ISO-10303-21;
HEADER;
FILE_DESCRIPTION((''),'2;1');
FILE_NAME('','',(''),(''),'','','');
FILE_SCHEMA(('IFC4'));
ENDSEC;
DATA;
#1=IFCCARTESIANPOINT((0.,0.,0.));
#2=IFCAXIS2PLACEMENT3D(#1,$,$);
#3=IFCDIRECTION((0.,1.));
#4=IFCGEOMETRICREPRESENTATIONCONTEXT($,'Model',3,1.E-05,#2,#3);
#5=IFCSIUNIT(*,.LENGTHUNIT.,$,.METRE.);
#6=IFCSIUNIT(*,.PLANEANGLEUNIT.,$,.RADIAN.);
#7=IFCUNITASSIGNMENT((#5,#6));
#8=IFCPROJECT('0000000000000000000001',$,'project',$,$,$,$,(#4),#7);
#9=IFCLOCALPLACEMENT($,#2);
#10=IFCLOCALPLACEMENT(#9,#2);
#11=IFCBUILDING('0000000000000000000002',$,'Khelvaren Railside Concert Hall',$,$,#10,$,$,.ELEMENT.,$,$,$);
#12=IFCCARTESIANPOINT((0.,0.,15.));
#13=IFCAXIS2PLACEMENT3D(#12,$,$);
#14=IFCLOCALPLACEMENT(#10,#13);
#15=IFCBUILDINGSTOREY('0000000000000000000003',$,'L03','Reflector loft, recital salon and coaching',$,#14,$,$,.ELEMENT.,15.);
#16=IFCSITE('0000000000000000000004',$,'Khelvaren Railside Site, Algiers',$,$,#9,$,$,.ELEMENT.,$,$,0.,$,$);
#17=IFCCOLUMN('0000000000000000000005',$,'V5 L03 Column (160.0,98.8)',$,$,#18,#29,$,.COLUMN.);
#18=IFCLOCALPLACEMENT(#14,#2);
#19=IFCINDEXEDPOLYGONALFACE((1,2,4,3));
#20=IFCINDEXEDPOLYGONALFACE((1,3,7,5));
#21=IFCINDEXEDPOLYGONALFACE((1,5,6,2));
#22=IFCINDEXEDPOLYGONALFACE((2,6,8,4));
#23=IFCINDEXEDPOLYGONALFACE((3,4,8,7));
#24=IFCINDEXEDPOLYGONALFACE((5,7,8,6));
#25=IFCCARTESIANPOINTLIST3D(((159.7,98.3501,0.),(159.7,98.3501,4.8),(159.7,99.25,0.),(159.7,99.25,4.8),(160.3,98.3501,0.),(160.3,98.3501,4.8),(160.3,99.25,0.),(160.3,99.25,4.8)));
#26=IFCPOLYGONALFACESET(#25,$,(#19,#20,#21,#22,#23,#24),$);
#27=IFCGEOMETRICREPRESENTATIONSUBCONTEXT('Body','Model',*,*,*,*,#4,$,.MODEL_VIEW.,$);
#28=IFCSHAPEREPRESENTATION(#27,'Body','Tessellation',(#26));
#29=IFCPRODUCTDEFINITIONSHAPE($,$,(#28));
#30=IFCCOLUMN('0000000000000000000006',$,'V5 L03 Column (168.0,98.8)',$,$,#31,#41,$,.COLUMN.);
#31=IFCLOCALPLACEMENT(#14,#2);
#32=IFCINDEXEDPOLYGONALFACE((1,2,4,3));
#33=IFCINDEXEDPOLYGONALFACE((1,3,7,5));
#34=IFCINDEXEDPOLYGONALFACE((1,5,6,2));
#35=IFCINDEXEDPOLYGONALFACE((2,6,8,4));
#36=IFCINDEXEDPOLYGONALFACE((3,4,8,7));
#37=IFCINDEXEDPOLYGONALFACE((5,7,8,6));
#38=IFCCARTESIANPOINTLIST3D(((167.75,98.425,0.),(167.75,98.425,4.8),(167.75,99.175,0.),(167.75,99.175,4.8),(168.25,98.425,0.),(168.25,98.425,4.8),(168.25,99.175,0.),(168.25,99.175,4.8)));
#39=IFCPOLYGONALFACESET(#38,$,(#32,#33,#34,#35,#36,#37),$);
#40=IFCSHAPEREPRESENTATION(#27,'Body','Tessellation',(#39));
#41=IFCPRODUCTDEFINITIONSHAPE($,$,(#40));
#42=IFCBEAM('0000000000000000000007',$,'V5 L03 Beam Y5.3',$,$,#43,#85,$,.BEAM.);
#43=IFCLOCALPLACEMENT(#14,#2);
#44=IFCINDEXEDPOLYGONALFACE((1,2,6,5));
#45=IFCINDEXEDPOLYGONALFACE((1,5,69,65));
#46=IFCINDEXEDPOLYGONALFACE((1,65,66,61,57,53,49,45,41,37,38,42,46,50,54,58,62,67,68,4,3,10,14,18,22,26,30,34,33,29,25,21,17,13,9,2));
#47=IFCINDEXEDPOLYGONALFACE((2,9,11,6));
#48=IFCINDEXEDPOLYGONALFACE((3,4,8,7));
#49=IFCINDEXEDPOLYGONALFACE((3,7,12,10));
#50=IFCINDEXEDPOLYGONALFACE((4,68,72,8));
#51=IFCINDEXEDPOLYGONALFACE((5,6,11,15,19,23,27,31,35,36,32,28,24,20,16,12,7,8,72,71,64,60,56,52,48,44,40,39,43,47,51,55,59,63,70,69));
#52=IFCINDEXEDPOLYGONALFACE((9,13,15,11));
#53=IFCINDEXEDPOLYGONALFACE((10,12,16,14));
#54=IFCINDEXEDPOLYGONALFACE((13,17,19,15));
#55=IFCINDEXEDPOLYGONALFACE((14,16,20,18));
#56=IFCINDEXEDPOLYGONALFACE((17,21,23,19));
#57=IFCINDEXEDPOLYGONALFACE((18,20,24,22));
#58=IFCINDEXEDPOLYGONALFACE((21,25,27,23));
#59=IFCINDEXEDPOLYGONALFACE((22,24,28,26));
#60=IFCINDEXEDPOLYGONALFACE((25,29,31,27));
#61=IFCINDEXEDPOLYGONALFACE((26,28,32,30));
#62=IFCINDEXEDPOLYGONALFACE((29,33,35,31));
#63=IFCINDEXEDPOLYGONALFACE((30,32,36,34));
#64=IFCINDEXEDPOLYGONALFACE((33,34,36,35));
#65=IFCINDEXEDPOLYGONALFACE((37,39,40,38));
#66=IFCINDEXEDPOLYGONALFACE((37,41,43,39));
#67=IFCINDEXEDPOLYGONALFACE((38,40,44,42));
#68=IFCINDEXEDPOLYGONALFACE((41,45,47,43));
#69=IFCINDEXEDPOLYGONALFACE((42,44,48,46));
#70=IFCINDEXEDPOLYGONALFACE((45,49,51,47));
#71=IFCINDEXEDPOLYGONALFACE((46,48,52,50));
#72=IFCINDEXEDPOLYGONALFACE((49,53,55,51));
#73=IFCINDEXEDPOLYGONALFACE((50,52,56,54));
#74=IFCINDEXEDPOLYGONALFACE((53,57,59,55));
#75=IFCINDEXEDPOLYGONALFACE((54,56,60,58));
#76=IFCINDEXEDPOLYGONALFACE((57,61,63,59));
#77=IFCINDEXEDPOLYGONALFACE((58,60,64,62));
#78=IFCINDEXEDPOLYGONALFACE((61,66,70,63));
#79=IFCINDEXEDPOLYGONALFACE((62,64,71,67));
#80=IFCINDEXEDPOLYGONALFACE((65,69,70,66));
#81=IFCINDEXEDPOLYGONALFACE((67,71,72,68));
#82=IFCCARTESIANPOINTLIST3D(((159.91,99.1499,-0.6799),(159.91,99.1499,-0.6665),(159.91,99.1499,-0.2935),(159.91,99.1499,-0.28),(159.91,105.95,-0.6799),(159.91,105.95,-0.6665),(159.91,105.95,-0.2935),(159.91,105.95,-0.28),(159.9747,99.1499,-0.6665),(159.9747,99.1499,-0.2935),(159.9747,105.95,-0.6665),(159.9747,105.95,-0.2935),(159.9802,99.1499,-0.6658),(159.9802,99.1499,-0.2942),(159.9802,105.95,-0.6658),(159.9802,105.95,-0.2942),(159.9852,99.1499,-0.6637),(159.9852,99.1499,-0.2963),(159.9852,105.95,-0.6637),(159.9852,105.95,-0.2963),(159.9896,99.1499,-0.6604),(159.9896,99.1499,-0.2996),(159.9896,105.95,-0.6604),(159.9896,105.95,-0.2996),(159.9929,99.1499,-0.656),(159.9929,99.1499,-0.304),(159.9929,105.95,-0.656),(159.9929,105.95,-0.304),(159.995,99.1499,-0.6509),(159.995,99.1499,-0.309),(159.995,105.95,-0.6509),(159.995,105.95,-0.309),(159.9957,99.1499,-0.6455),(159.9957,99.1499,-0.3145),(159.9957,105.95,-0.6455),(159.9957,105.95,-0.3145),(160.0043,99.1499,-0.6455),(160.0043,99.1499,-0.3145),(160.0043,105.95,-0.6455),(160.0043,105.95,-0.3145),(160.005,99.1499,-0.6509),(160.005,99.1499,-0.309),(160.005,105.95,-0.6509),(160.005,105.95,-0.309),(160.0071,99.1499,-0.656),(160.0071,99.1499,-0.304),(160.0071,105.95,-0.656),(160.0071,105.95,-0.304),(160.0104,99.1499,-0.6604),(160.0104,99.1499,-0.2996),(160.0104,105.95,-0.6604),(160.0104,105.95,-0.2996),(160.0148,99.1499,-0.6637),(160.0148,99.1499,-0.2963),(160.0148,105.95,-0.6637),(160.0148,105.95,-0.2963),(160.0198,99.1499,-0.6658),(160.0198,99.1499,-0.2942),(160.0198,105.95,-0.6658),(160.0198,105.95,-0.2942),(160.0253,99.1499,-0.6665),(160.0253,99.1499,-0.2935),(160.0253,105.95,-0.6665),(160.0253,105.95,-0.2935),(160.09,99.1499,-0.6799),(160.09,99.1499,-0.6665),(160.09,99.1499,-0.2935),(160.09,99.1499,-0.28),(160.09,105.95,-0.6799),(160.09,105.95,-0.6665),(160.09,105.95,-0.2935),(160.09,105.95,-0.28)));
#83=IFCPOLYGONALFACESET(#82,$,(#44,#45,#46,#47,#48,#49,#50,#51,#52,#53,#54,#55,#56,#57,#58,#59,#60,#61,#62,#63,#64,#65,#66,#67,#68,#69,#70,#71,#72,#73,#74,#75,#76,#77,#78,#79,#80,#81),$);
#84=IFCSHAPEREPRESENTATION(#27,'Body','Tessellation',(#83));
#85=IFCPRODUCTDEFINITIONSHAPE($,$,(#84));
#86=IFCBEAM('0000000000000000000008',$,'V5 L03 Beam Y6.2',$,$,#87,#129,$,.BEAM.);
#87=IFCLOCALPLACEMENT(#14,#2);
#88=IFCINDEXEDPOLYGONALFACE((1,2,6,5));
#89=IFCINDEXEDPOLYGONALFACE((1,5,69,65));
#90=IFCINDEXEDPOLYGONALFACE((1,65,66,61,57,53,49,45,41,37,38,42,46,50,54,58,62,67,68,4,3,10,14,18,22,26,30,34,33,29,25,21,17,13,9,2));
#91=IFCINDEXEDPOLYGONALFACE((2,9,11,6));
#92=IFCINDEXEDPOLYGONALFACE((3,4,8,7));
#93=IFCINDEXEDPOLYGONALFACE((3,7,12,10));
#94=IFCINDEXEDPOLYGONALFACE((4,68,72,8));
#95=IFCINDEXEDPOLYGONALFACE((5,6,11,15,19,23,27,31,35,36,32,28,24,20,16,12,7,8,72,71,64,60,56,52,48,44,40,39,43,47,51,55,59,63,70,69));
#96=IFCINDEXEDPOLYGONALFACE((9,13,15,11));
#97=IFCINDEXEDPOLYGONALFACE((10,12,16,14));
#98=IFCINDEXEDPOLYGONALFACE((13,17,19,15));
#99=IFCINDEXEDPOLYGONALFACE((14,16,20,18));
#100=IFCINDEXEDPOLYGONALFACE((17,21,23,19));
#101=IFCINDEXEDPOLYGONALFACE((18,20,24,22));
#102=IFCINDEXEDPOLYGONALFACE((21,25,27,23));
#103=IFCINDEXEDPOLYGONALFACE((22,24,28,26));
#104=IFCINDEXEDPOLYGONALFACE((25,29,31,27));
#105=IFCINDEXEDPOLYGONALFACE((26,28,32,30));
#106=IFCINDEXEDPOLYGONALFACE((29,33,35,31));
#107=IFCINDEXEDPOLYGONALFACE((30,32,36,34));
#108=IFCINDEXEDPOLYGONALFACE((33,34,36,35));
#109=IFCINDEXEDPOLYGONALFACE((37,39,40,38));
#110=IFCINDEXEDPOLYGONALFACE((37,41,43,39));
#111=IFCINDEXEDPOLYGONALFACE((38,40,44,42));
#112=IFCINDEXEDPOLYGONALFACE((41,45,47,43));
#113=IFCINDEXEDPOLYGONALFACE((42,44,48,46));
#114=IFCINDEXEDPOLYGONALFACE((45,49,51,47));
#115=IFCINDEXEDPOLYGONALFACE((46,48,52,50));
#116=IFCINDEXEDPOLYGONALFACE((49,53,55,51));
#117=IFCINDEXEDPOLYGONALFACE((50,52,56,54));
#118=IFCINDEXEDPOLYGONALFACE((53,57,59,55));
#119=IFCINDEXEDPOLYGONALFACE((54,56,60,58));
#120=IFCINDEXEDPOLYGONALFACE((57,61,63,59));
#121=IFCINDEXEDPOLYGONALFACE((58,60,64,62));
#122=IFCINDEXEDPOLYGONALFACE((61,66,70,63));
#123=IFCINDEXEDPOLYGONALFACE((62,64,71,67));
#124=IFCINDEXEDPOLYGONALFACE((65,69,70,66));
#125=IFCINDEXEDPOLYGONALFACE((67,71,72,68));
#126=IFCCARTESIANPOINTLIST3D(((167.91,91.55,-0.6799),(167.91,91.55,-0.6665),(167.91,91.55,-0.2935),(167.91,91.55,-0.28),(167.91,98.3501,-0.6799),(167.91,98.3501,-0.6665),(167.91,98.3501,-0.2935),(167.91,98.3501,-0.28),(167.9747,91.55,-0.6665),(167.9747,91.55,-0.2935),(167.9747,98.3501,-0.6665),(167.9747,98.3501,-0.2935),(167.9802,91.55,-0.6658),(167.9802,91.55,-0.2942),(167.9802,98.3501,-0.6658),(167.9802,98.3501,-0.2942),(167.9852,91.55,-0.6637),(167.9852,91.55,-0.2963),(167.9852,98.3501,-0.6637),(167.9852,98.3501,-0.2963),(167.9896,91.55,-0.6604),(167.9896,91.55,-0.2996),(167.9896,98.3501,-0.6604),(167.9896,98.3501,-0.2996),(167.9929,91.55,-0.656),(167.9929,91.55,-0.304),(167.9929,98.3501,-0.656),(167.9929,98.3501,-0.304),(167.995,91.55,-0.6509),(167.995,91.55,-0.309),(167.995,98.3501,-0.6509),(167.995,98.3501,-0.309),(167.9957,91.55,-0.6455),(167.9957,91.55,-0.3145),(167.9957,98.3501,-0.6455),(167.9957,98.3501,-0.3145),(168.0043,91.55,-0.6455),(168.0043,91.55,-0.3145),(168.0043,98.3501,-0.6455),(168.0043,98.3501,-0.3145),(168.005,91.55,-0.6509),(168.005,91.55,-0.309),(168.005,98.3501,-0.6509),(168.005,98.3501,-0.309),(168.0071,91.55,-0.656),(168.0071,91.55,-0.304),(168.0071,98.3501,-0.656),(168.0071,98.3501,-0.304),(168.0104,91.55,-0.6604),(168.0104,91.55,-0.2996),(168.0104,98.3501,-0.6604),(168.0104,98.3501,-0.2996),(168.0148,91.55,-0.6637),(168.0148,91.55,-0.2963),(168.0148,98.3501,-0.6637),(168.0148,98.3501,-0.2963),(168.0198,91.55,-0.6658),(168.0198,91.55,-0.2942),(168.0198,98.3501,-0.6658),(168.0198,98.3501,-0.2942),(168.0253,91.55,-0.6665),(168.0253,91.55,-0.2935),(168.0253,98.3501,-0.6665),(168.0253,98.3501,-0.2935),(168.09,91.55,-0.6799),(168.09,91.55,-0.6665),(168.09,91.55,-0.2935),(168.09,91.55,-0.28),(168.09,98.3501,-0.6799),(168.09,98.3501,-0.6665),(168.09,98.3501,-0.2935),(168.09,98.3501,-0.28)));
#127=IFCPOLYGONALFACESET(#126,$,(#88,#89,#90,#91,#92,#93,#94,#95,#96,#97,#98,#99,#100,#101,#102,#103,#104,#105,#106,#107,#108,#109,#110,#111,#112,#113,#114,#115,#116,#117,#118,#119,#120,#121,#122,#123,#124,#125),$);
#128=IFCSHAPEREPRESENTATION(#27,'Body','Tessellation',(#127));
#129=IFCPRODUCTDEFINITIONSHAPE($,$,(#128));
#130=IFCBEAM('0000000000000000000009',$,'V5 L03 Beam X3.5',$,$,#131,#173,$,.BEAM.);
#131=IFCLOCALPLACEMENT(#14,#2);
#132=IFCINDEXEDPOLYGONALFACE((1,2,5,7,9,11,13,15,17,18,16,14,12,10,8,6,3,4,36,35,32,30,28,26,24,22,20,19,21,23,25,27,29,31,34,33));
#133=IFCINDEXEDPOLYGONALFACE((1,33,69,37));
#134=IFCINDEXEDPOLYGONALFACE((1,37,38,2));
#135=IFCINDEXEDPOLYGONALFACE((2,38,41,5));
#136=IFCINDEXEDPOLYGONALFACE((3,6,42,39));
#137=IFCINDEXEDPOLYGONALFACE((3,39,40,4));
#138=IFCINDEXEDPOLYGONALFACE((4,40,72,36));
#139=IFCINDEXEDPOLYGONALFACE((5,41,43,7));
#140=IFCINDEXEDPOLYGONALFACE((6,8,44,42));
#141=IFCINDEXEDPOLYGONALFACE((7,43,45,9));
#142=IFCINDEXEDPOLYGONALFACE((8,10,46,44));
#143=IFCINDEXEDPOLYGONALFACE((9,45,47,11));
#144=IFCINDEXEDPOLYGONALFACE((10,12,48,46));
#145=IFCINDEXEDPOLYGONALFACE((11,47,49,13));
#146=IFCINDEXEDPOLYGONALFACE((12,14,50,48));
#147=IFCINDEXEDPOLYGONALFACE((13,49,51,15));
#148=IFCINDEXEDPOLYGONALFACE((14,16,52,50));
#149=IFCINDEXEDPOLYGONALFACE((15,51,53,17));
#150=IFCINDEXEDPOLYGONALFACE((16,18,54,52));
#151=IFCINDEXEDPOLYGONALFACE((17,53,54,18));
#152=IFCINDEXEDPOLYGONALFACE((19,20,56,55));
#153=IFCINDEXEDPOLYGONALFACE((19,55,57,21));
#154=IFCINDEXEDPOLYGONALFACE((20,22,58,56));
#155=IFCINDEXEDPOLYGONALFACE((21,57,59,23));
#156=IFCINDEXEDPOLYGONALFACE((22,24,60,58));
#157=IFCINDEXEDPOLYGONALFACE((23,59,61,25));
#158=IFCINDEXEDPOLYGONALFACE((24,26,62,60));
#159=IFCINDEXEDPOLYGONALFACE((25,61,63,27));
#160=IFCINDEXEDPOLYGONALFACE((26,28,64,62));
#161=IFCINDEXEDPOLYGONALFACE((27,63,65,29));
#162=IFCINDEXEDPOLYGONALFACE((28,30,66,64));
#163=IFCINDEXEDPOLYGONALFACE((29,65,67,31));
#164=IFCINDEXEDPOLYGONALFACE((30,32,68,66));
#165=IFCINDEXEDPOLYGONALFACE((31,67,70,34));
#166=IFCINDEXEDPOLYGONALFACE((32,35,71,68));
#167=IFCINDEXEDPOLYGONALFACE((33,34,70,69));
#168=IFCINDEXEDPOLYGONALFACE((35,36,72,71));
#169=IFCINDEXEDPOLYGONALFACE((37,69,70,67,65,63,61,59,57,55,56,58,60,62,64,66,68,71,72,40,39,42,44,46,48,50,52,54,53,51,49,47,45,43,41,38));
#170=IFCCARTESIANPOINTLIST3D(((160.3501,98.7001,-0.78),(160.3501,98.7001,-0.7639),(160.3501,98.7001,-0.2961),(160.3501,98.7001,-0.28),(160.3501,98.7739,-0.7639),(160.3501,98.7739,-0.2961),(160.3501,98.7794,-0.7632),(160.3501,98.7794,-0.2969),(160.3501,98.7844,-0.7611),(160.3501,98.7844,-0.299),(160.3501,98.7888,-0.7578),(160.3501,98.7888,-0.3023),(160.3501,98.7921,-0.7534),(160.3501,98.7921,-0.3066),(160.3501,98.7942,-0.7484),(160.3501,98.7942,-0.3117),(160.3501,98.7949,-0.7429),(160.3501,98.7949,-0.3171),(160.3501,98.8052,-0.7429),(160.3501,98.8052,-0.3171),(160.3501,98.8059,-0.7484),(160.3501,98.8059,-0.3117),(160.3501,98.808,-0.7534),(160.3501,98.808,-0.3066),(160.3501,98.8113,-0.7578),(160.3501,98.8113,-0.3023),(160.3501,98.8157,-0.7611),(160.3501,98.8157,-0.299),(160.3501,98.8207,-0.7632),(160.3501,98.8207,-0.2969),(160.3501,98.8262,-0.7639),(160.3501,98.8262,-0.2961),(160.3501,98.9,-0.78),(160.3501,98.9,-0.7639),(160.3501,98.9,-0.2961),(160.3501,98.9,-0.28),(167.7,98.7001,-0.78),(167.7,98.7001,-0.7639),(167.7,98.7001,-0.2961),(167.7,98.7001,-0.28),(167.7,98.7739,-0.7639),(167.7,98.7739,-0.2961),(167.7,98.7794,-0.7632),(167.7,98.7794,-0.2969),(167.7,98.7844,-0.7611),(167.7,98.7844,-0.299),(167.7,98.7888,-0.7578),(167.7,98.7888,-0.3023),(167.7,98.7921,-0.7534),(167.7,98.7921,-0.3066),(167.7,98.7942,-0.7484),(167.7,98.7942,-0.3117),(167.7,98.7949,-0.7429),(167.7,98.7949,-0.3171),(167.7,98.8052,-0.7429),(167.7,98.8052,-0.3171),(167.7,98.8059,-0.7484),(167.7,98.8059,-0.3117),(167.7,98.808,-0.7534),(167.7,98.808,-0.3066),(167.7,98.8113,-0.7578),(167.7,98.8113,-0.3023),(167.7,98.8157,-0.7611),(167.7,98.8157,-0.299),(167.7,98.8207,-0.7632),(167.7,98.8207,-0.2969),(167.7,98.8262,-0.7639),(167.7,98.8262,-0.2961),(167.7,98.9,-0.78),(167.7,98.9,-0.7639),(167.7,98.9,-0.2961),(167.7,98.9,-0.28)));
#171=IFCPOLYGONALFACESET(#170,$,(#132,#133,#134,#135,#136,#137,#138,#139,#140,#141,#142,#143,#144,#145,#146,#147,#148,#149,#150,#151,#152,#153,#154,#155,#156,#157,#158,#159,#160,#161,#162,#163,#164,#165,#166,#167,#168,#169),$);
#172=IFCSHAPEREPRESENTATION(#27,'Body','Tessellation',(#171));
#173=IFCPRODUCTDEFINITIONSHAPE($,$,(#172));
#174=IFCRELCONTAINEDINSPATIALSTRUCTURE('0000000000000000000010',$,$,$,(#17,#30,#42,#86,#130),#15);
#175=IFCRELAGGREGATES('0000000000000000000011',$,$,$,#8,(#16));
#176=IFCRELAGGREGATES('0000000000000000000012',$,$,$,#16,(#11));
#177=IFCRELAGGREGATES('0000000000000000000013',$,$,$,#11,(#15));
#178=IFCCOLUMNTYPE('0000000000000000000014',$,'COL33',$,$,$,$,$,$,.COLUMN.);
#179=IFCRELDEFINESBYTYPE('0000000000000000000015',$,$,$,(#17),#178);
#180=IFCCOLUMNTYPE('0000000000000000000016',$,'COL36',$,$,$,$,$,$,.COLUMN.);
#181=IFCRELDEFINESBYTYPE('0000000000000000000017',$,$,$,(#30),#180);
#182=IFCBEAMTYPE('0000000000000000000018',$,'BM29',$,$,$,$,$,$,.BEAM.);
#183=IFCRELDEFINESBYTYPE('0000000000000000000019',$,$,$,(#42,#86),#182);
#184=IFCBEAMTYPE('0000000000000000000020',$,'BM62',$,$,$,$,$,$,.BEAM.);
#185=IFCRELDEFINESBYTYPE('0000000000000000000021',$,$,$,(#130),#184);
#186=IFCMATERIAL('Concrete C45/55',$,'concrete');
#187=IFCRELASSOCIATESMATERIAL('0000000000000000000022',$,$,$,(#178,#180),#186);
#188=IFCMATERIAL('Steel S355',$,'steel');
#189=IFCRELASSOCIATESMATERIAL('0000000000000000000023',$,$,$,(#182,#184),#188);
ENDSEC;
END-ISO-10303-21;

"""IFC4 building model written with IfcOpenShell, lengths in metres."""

from ifc_helpers import new_model, si_unit, direction, frame, origin, origin_2d, place, context, subcontext, project, spatial, rectangle, i_section, extrude, material, material_profile, profile_set, type_object, element, save


model = new_model("IFC4")

# Units and contexts
model_context = context("Model", 3, precision=1e-05, world=origin(), true_north=direction((0.0, 1.0)))
body_context = subcontext(model_context, "Body", "Model", "MODEL_VIEW")
ifc_project = project(units=[si_unit("LENGTHUNIT", "METRE"), si_unit("PLANEANGLEUNIT", "RADIAN")], contexts=[model_context])

# Site, building, storey
site_placement = place(None, origin())
site = spatial("IfcSite", under=ifc_project, at=site_placement, Name="Khelvaren Railside Site, Algiers", CompositionType="ELEMENT", RefElevation=0.0)
building_placement = place(site_placement, origin())
building = spatial("IfcBuilding", under=site, at=building_placement, Name="Khelvaren Railside Concert Hall", CompositionType="ELEMENT")
storey_placement = place(building_placement, frame((0.0, 0.0, 15.0)))
storey = spatial("IfcBuildingStorey", under=building, at=storey_placement, Name="L03", Description="Reflector loft, recital salon and coaching", CompositionType="ELEMENT", Elevation=15.0)

# Columns
ifc_material_1 = material(Name="Concrete C45/55", Category="concrete")
ifc_material_profile_1 = material_profile(ifc_material_1, rectangle(XDim=0.6001, YDim=0.8999, at=origin_2d()), Name="RC 600x900")
ifc_profile_set_1 = profile_set([ifc_material_profile_1], Name="Concrete C45/55")
column_type_1 = type_object("IfcColumnType", Name="COL33", PredefinedType="COLUMN", material=ifc_profile_set_1)
column_1_placement = place(storey_placement, frame((160.0, 98.8, 0.0), z_axis=(0.0, 0.0, 1.0), x_axis=(1.0, 0.0, 0.0)))
element("IfcColumn", 1, at=column_1_placement, inside=storey, type_object=column_type_1, Name="V5 L03 Column (160.0,98.8)", PredefinedType="COLUMN", context=body_context, shape_type="SweptSolid", body=[
    extrude(rectangle(XDim=0.6001, YDim=0.8999, at=origin_2d()), origin(), (0.0, 0.0, 1.0), 4.8),
])
ifc_material_profile_2 = material_profile(ifc_material_1, rectangle(XDim=0.5, YDim=0.75, at=origin_2d()), Name="RC 500x750")
ifc_profile_set_2 = profile_set([ifc_material_profile_2], Name="Concrete C45/55")
column_type_2 = type_object("IfcColumnType", Name="COL36", PredefinedType="COLUMN", material=ifc_profile_set_2)
column_2_placement = place(storey_placement, frame((168.0, 98.8, 0.0), z_axis=(0.0, 0.0, 1.0), x_axis=(1.0, 0.0, 0.0)))
element("IfcColumn", 2, at=column_2_placement, inside=storey, type_object=column_type_2, Name="V5 L03 Column (168.0,98.8)", PredefinedType="COLUMN", context=body_context, shape_type="SweptSolid", body=[
    extrude(rectangle(XDim=0.5, YDim=0.75, at=origin_2d()), origin(), (0.0, 0.0, 1.0), 4.8),
])

# Beams
ifc_material_2 = material(Name="Steel S355", Category="steel")
ifc_material_profile_3 = material_profile(ifc_material_2, i_section(OverallWidth=0.1799, OverallDepth=0.3999, WebThickness=0.0085, FlangeThickness=0.0134, FilletRadius=0.021, at=origin_2d()), Name="IPE 400")
ifc_profile_set_3 = profile_set([ifc_material_profile_3], Name="Steel S355")
beam_type_1 = type_object("IfcBeamType", Name="BM29", PredefinedType="BEAM", material=ifc_profile_set_3)
for number, where, z_axis, x_axis, name in (
    (3, (160.0, 99.1499, -0.48), (0.0, 1.0, 0.0), (-1.0, 0.0, 0.0), "V5 L03 Beam Y5.3"),
    (4, (168.0, 91.55, -0.48), (0.0, 1.0, 0.0), (-1.0, 0.0, 0.0), "V5 L03 Beam Y6.2"),
):
    element("IfcBeam", number, at=place(storey_placement, frame(where, z_axis=z_axis, x_axis=x_axis)), inside=storey, type_object=beam_type_1, Name=name, PredefinedType="BEAM", context=body_context, shape_type="SweptSolid", body=[
        extrude(i_section(OverallWidth=0.1799, OverallDepth=0.3999, WebThickness=0.0085, FlangeThickness=0.0134, FilletRadius=0.021, at=origin_2d()), origin(), (0.0, 0.0, 1.0), 6.8),
    ])
ifc_material_profile_4 = material_profile(ifc_material_2, i_section(OverallWidth=0.2, OverallDepth=0.5, WebThickness=0.0103, FlangeThickness=0.0161, FilletRadius=0.021, at=origin_2d()), Name="IPE 500")
ifc_profile_set_4 = profile_set([ifc_material_profile_4], Name="Steel S355")
beam_type_2 = type_object("IfcBeamType", Name="BM62", PredefinedType="BEAM", material=ifc_profile_set_4)
beam_1_placement = place(storey_placement, frame((160.3501, 98.8, -0.53), z_axis=(1.0, 0.0, 0.0), x_axis=(0.0, 1.0, 0.0)))
element("IfcBeam", 5, at=beam_1_placement, inside=storey, type_object=beam_type_2, Name="V5 L03 Beam X3.5", PredefinedType="BEAM", context=body_context, shape_type="SweptSolid", body=[
    extrude(i_section(OverallWidth=0.2, OverallDepth=0.5, WebThickness=0.0103, FlangeThickness=0.0161, FilletRadius=0.021, at=origin_2d()), origin(), (0.0, 0.0, 1.0), 7.3499),
])

save(model, "model.ifc")
